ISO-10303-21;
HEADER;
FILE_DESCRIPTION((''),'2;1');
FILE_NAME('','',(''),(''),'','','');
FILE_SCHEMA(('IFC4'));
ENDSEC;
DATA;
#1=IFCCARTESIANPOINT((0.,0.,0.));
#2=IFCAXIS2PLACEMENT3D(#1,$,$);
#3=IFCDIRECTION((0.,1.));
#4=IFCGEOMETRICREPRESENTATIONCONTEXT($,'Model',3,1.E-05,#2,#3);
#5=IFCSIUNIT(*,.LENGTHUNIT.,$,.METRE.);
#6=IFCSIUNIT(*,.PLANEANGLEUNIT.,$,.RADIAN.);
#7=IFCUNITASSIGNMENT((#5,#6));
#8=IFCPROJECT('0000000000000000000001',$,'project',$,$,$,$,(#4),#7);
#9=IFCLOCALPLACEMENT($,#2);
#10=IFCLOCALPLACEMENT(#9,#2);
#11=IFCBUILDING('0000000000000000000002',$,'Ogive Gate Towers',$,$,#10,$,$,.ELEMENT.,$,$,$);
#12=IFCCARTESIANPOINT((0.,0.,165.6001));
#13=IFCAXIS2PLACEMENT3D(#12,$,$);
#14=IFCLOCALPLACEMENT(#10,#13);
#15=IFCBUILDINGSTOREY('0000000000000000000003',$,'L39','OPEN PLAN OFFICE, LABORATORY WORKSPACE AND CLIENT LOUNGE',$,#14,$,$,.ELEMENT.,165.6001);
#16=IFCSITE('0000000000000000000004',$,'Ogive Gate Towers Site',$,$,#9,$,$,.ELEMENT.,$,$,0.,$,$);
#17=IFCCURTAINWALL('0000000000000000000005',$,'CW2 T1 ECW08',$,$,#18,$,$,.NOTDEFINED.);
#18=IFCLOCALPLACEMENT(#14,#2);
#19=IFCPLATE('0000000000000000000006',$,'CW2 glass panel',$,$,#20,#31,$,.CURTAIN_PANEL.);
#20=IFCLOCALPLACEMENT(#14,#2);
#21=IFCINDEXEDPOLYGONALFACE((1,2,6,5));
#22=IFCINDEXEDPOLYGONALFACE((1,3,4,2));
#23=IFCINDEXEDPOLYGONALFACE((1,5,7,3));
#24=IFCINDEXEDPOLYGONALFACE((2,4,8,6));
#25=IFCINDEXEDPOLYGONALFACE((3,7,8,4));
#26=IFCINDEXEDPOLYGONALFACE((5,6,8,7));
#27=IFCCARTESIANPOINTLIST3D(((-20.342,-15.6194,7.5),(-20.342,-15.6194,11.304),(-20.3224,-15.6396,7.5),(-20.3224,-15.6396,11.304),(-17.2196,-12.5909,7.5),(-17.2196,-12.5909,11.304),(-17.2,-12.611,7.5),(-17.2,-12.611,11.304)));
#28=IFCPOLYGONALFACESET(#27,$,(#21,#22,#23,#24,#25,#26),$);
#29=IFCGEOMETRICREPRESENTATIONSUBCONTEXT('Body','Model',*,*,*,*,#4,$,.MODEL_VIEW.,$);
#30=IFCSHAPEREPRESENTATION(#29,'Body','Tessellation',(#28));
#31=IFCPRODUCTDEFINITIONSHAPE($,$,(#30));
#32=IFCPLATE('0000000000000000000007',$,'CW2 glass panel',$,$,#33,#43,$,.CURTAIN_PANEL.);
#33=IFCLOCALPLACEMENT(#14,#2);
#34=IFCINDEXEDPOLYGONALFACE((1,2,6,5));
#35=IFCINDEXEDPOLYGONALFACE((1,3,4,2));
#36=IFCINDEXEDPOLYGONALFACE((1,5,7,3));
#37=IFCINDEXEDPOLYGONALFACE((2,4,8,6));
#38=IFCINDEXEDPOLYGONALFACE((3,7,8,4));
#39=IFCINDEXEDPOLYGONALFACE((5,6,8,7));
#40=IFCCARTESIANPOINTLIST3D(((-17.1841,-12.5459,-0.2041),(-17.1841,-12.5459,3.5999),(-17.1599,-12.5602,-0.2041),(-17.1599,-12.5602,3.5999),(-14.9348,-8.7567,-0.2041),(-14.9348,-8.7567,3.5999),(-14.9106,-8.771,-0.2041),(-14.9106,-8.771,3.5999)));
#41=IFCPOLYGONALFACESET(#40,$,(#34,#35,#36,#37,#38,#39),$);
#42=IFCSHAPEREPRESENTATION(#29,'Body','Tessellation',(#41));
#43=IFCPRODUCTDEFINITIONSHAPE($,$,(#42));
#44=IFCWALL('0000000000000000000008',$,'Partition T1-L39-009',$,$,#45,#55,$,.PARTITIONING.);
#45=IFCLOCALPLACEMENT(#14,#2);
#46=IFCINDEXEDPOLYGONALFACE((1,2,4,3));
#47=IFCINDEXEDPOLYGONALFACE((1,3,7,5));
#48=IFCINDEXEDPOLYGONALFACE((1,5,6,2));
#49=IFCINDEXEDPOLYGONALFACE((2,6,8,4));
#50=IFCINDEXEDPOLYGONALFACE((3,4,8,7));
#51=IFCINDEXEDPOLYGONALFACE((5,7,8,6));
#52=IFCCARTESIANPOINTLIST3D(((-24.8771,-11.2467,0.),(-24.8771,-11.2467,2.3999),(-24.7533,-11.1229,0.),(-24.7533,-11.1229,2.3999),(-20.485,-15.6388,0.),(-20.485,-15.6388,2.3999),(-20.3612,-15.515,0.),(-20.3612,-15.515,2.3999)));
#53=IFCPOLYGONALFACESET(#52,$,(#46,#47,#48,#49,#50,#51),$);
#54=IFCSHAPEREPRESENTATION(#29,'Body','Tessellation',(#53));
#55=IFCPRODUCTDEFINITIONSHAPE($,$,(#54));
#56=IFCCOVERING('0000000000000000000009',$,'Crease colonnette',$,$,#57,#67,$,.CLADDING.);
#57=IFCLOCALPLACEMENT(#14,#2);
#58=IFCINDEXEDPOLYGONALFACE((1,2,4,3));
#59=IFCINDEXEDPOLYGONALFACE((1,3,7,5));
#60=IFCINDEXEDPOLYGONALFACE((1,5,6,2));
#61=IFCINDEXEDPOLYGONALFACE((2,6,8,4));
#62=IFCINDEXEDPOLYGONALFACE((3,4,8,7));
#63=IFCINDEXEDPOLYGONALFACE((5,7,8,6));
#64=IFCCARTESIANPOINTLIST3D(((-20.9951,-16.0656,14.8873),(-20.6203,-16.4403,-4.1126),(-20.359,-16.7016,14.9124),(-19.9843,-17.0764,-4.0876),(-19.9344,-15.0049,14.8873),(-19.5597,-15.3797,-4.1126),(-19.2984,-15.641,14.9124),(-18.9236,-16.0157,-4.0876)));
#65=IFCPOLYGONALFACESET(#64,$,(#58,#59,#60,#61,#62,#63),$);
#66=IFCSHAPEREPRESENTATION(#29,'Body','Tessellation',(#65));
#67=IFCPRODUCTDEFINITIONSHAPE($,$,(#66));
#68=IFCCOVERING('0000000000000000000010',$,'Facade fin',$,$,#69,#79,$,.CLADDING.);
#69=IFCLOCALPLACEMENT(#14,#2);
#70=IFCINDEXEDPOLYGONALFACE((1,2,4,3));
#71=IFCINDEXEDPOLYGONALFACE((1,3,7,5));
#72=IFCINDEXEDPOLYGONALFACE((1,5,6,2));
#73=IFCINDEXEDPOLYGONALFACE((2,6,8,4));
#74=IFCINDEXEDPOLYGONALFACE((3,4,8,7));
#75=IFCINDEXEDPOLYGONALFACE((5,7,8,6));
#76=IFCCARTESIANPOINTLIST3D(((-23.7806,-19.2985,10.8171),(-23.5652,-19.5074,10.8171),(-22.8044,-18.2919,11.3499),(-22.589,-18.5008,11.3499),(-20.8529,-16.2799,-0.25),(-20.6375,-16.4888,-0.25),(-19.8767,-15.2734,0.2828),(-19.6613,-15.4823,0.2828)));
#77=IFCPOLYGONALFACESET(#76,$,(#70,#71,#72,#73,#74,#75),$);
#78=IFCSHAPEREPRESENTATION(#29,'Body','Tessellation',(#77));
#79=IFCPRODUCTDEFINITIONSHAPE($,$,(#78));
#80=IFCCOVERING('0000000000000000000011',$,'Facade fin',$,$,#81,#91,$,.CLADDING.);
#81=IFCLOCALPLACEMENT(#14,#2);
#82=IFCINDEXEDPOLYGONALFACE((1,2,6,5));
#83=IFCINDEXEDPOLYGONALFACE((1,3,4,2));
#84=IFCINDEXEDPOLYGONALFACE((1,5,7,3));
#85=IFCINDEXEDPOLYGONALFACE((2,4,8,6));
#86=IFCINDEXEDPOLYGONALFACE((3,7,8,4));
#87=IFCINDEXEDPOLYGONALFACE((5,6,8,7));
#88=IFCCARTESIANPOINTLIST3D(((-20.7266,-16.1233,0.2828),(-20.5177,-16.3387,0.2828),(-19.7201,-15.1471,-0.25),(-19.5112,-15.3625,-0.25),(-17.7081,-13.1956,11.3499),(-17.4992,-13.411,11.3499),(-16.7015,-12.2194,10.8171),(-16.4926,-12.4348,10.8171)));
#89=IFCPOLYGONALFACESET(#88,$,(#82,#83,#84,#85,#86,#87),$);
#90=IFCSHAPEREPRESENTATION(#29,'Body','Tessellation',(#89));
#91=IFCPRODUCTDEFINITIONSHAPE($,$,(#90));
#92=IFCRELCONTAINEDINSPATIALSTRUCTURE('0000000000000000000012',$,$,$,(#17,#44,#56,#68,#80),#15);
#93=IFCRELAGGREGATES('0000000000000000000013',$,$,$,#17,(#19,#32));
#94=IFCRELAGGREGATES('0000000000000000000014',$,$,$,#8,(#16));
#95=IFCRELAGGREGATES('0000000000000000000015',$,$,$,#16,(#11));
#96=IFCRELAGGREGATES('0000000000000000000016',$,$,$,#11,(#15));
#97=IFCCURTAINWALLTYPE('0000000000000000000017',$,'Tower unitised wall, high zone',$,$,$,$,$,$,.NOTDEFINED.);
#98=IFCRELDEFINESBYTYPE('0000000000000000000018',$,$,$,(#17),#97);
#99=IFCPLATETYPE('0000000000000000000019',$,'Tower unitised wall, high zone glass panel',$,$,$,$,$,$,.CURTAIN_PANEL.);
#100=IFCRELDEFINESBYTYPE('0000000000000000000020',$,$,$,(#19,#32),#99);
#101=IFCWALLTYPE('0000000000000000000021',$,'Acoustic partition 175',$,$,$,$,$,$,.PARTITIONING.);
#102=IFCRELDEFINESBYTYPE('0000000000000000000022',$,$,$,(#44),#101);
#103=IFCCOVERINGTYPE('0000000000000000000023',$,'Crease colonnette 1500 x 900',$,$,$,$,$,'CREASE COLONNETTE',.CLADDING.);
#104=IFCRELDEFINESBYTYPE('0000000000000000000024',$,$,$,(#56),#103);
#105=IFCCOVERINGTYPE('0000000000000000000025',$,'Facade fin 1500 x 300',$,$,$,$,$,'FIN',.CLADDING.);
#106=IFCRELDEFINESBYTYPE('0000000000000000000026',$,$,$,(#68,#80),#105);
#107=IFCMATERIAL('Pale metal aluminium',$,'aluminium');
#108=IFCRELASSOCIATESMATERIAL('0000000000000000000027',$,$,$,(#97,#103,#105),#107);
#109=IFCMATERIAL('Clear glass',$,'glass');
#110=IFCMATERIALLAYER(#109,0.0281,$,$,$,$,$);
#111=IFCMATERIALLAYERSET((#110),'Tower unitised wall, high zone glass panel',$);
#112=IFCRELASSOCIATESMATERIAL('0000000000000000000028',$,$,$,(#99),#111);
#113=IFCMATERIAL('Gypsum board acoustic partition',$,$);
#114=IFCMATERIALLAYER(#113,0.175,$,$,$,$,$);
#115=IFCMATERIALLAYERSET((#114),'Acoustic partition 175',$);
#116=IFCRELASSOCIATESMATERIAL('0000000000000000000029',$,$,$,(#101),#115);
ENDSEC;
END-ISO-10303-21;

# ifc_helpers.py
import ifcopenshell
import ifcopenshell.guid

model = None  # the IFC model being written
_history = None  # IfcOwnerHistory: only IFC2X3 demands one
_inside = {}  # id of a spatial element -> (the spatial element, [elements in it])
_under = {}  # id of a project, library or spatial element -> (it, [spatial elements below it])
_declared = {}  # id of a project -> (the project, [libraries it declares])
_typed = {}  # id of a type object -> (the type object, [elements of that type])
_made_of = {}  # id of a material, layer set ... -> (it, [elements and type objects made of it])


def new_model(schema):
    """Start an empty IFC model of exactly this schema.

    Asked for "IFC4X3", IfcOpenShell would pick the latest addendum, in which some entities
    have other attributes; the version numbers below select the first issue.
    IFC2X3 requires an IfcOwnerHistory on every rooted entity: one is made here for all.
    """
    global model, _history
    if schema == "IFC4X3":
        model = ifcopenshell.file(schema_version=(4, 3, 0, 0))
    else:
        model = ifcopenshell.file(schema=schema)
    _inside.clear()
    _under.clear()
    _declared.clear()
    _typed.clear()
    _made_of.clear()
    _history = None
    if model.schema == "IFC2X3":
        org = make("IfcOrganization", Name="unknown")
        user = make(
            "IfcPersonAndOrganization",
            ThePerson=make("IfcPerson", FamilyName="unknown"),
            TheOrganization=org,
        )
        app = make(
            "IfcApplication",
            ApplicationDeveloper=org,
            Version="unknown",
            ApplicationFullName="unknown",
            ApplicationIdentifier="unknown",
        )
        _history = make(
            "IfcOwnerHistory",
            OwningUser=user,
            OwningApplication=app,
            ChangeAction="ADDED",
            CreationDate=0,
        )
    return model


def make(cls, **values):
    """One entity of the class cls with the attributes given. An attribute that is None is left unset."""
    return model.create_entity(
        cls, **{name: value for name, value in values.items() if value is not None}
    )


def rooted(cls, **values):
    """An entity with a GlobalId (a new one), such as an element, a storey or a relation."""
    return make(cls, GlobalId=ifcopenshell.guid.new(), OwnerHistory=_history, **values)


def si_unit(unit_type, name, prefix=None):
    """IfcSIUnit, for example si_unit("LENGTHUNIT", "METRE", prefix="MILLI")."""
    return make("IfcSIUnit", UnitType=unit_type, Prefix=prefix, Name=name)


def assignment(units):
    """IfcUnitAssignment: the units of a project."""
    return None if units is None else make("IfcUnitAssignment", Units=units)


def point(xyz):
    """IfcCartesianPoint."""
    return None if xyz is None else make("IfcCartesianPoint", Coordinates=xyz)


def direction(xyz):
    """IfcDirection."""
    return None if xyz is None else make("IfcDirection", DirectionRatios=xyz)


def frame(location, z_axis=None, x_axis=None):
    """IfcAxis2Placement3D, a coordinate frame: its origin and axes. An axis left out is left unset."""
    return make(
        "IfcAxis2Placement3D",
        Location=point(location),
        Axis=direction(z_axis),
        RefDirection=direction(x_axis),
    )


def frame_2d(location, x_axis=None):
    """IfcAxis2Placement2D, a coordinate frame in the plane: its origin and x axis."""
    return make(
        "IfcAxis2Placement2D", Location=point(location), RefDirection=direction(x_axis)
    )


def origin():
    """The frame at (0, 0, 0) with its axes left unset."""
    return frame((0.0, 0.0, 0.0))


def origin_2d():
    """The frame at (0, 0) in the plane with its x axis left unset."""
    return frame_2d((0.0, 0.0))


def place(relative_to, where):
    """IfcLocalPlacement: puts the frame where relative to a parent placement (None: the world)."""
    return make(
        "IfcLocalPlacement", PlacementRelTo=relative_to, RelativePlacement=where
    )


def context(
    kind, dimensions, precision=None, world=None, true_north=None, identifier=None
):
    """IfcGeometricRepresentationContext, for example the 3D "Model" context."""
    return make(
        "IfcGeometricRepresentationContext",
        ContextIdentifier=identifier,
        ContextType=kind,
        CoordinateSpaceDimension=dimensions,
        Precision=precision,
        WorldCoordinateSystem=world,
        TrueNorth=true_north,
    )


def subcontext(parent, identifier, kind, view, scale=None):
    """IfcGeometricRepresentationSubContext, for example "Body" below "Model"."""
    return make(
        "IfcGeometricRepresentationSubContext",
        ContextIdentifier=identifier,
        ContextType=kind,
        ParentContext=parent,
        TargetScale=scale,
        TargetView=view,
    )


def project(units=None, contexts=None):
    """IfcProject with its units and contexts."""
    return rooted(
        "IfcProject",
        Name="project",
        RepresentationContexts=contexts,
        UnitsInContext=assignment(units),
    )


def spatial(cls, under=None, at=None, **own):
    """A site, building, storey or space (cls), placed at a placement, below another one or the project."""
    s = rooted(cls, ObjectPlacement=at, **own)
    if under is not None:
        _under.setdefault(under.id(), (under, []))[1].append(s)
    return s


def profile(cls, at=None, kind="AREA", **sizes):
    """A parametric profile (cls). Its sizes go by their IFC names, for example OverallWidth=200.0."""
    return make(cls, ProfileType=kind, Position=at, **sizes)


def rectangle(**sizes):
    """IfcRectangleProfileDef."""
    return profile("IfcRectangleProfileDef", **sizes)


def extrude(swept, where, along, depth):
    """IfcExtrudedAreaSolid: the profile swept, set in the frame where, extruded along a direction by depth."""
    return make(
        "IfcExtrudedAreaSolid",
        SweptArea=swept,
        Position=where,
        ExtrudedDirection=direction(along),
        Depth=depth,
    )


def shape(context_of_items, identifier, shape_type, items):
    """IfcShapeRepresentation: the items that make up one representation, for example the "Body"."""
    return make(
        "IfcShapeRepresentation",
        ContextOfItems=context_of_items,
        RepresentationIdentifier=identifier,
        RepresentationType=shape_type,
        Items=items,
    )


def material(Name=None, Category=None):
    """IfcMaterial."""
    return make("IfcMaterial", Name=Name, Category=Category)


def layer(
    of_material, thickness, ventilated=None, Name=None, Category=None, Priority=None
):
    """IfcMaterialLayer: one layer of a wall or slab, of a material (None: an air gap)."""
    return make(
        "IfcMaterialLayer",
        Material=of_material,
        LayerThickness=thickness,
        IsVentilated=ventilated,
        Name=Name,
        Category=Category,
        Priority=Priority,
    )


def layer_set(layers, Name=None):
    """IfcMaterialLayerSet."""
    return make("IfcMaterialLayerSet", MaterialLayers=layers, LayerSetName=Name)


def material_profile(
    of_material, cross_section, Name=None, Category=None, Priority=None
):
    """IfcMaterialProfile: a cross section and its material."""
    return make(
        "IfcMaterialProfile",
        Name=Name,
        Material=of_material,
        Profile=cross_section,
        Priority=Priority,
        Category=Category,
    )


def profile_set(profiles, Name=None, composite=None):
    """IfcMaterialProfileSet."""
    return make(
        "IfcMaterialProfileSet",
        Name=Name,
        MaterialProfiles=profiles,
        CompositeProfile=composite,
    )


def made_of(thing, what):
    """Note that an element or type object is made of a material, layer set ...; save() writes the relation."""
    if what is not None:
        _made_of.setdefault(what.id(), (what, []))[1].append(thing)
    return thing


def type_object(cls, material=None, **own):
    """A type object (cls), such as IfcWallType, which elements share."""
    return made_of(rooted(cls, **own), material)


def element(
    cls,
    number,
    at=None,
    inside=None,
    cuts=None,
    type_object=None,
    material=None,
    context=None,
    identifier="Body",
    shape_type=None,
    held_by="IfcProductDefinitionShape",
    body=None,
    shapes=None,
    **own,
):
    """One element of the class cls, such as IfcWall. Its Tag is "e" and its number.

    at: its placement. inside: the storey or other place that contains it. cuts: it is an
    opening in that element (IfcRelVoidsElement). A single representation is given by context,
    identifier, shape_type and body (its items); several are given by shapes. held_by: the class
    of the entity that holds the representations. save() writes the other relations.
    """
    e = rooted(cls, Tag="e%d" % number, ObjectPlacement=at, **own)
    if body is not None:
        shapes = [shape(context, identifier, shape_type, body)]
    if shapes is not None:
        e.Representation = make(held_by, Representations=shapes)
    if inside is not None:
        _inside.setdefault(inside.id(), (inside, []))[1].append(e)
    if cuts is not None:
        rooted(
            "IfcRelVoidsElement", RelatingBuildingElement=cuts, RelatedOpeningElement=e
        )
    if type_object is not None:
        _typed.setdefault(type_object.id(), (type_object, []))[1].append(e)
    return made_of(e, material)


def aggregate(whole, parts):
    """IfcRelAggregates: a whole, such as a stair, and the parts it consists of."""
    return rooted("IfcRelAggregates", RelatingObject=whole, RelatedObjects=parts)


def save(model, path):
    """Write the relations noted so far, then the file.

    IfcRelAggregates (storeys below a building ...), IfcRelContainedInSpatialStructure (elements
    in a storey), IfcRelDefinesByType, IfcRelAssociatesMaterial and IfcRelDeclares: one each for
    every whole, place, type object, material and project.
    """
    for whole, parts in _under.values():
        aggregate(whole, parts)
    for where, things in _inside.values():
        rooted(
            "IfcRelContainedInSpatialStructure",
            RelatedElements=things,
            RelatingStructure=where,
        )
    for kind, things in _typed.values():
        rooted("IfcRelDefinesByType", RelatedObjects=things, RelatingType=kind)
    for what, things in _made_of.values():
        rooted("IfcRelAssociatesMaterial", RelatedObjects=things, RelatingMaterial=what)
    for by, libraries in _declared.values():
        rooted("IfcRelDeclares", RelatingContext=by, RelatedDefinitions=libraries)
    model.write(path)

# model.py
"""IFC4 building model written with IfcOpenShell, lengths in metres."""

from ifc_helpers import new_model, si_unit, direction, frame, frame_2d, origin, origin_2d, place, context, subcontext, project, spatial, rectangle, extrude, material, layer, layer_set, material_profile, profile_set, type_object, element, aggregate, save


model = new_model("IFC4")

# Units and contexts
model_context = context("Model", 3, precision=1e-05, world=origin(), true_north=direction((0.0, 1.0)))
body_context = subcontext(model_context, "Body", "Model", "MODEL_VIEW")
ifc_project = project(units=[si_unit("LENGTHUNIT", "METRE"), si_unit("PLANEANGLEUNIT", "RADIAN")], contexts=[model_context])

# Site, building, storey
site_placement = place(None, origin())
site = spatial("IfcSite", under=ifc_project, at=site_placement, Name="Ogive Gate Towers Site", CompositionType="ELEMENT", RefElevation=0.0)
building_placement = place(site_placement, origin())
building = spatial("IfcBuilding", under=site, at=building_placement, Name="Ogive Gate Towers", CompositionType="ELEMENT")
storey_placement = place(building_placement, frame((0.0, 0.0, 165.6001)))
storey = spatial("IfcBuildingStorey", under=building, at=storey_placement, Name="L39", Description="OPEN PLAN OFFICE, LABORATORY WORKSPACE AND CLIENT LOUNGE", CompositionType="ELEMENT", Elevation=165.6001)

# Shared definitions
ifc_material_1 = material(Name="Pale metal aluminium", Category="aluminium")
curtain_wall_type = type_object("IfcCurtainWallType", Name="Tower unitised wall, high zone", PredefinedType="NOTDEFINED", material=ifc_material_1)

# Curtain wall
curtain_wall_1_placement = place(storey_placement, origin())
curtain_wall_1 = element("IfcCurtainWall", 1, at=curtain_wall_1_placement, inside=storey, type_object=curtain_wall_type, Name="CW2 T1 ECW08", PredefinedType="NOTDEFINED")

# Plates
ifc_material_2 = material(Name="Clear glass", Category="glass")
ifc_layer_1 = layer(ifc_material_2, 0.0281)
ifc_layer_set_1 = layer_set([ifc_layer_1], Name="Tower unitised wall, high zone glass panel")
plate_type = type_object("IfcPlateType", Name="Tower unitised wall, high zone glass panel", PredefinedType="CURTAIN_PANEL", material=ifc_layer_set_1)
plate_1_placement = place(storey_placement, frame((-18.771, -14.1152, 7.5), z_axis=(0.0, 0.0, 1.0), x_axis=(0.71781, 0.696239, 0.0)))
plate_1 = element("IfcPlate", 2, at=plate_1_placement, type_object=plate_type, Name="CW2 glass panel", PredefinedType="CURTAIN_PANEL", context=body_context, shape_type="SweptSolid", body=[
    extrude(rectangle(XDim=4.3499, YDim=0.0281, at=origin_2d()), origin(), (0.0, 0.0, 1.0), 3.804),
])
plate_2_placement = place(storey_placement, frame((-16.0474, -10.6584, -0.2041), z_axis=(0.0, 0.0, 1.0), x_axis=(0.510453, 0.859906, 0.0)))
plate_2 = element("IfcPlate", 3, at=plate_2_placement, type_object=plate_type, Name="CW2 glass panel", PredefinedType="CURTAIN_PANEL", context=body_context, shape_type="SweptSolid", body=[
    extrude(rectangle(XDim=4.4065, YDim=0.0281, at=origin_2d()), origin(), (0.0, 0.0, 1.0), 3.804),
])
aggregate(curtain_wall_1, [plate_1, plate_2])

# Wall
ifc_material_3 = material(Name="Gypsum board acoustic partition")
ifc_layer_2 = layer(ifc_material_3, 0.175)
ifc_layer_set_2 = layer_set([ifc_layer_2], Name="Acoustic partition 175")
wall_type = type_object("IfcWallType", Name="Acoustic partition 175", PredefinedType="PARTITIONING", material=ifc_layer_set_2)
wall_placement = place(storey_placement, frame((-20.4231, -15.5769, 0.0), z_axis=(0.0, 0.0, 1.0), x_axis=(-0.707107, 0.707107, 0.0)))
element("IfcWall", 4, at=wall_placement, inside=storey, type_object=wall_type, Name="Partition T1-L39-009", PredefinedType="PARTITIONING", context=body_context, shape_type="SweptSolid", body=[
    extrude(rectangle(XDim=6.2114, YDim=0.175, at=frame_2d((3.1057, 0.0))), origin(), (0.0, 0.0, 1.0), 2.3999),
])

# Coverings
ifc_material_profile_1 = material_profile(ifc_material_1, rectangle(XDim=1.5, YDim=0.8999, at=origin_2d()), Name="1500 x 900 pale metal aluminium")
ifc_profile_set_1 = profile_set([ifc_material_profile_1], Name="Pale metal aluminium")
covering_type_1 = type_object("IfcCoveringType", Name="Crease colonnette 1500 x 900", ElementType="CREASE COLONNETTE", PredefinedType="CLADDING", material=ifc_profile_set_1)
covering_placement = place(storey_placement, frame((-19.772, -16.228, -4.1001), z_axis=(-0.019716, 0.019716, 0.999611), x_axis=(-0.707107, -0.707107, 0.0)))
element("IfcCovering", 5, at=covering_placement, inside=storey, type_object=covering_type_1, Name="Crease colonnette", PredefinedType="CLADDING", context=body_context, shape_type="SweptSolid", body=[
    extrude(rectangle(XDim=1.5, YDim=0.8999, at=origin_2d()), origin(), (0.0, 0.0, 1.0), 19.0073),
])
ifc_material_profile_2 = material_profile(ifc_material_1, rectangle(XDim=0.3, YDim=1.5, at=origin_2d()), Name="1500 x 300 pale metal aluminium")
ifc_profile_set_2 = profile_set([ifc_material_profile_2], Name="Pale metal aluminium")
covering_type_2 = type_object("IfcCoveringType", Name="Facade fin 1500 x 300", ElementType="FIN", PredefinedType="CLADDING", material=ifc_profile_set_2)
for number, where, z_axis, x_axis, name in (
    (6, (-20.2571, -15.8811, 0.0164), (-0.247293, -0.254964, 0.934794), (0.717823, -0.696226, 0.0), "Facade fin"),
    (7, (-20.1189, -15.7429, 0.0164), (0.254964, 0.247293, 0.934794), (-0.696226, 0.717823, 0.0), "Facade fin"),
):
    element("IfcCovering", number, at=place(storey_placement, frame(where, z_axis=z_axis, x_axis=x_axis)), inside=storey, type_object=covering_type_2, Name=name, PredefinedType="CLADDING", context=body_context, shape_type="SweptSolid", body=[
        extrude(rectangle(XDim=0.3, YDim=1.5, at=origin_2d()), origin(), (0.0, 0.0, 1.0), 11.8391),
    ])

save(model, "model.ifc")
